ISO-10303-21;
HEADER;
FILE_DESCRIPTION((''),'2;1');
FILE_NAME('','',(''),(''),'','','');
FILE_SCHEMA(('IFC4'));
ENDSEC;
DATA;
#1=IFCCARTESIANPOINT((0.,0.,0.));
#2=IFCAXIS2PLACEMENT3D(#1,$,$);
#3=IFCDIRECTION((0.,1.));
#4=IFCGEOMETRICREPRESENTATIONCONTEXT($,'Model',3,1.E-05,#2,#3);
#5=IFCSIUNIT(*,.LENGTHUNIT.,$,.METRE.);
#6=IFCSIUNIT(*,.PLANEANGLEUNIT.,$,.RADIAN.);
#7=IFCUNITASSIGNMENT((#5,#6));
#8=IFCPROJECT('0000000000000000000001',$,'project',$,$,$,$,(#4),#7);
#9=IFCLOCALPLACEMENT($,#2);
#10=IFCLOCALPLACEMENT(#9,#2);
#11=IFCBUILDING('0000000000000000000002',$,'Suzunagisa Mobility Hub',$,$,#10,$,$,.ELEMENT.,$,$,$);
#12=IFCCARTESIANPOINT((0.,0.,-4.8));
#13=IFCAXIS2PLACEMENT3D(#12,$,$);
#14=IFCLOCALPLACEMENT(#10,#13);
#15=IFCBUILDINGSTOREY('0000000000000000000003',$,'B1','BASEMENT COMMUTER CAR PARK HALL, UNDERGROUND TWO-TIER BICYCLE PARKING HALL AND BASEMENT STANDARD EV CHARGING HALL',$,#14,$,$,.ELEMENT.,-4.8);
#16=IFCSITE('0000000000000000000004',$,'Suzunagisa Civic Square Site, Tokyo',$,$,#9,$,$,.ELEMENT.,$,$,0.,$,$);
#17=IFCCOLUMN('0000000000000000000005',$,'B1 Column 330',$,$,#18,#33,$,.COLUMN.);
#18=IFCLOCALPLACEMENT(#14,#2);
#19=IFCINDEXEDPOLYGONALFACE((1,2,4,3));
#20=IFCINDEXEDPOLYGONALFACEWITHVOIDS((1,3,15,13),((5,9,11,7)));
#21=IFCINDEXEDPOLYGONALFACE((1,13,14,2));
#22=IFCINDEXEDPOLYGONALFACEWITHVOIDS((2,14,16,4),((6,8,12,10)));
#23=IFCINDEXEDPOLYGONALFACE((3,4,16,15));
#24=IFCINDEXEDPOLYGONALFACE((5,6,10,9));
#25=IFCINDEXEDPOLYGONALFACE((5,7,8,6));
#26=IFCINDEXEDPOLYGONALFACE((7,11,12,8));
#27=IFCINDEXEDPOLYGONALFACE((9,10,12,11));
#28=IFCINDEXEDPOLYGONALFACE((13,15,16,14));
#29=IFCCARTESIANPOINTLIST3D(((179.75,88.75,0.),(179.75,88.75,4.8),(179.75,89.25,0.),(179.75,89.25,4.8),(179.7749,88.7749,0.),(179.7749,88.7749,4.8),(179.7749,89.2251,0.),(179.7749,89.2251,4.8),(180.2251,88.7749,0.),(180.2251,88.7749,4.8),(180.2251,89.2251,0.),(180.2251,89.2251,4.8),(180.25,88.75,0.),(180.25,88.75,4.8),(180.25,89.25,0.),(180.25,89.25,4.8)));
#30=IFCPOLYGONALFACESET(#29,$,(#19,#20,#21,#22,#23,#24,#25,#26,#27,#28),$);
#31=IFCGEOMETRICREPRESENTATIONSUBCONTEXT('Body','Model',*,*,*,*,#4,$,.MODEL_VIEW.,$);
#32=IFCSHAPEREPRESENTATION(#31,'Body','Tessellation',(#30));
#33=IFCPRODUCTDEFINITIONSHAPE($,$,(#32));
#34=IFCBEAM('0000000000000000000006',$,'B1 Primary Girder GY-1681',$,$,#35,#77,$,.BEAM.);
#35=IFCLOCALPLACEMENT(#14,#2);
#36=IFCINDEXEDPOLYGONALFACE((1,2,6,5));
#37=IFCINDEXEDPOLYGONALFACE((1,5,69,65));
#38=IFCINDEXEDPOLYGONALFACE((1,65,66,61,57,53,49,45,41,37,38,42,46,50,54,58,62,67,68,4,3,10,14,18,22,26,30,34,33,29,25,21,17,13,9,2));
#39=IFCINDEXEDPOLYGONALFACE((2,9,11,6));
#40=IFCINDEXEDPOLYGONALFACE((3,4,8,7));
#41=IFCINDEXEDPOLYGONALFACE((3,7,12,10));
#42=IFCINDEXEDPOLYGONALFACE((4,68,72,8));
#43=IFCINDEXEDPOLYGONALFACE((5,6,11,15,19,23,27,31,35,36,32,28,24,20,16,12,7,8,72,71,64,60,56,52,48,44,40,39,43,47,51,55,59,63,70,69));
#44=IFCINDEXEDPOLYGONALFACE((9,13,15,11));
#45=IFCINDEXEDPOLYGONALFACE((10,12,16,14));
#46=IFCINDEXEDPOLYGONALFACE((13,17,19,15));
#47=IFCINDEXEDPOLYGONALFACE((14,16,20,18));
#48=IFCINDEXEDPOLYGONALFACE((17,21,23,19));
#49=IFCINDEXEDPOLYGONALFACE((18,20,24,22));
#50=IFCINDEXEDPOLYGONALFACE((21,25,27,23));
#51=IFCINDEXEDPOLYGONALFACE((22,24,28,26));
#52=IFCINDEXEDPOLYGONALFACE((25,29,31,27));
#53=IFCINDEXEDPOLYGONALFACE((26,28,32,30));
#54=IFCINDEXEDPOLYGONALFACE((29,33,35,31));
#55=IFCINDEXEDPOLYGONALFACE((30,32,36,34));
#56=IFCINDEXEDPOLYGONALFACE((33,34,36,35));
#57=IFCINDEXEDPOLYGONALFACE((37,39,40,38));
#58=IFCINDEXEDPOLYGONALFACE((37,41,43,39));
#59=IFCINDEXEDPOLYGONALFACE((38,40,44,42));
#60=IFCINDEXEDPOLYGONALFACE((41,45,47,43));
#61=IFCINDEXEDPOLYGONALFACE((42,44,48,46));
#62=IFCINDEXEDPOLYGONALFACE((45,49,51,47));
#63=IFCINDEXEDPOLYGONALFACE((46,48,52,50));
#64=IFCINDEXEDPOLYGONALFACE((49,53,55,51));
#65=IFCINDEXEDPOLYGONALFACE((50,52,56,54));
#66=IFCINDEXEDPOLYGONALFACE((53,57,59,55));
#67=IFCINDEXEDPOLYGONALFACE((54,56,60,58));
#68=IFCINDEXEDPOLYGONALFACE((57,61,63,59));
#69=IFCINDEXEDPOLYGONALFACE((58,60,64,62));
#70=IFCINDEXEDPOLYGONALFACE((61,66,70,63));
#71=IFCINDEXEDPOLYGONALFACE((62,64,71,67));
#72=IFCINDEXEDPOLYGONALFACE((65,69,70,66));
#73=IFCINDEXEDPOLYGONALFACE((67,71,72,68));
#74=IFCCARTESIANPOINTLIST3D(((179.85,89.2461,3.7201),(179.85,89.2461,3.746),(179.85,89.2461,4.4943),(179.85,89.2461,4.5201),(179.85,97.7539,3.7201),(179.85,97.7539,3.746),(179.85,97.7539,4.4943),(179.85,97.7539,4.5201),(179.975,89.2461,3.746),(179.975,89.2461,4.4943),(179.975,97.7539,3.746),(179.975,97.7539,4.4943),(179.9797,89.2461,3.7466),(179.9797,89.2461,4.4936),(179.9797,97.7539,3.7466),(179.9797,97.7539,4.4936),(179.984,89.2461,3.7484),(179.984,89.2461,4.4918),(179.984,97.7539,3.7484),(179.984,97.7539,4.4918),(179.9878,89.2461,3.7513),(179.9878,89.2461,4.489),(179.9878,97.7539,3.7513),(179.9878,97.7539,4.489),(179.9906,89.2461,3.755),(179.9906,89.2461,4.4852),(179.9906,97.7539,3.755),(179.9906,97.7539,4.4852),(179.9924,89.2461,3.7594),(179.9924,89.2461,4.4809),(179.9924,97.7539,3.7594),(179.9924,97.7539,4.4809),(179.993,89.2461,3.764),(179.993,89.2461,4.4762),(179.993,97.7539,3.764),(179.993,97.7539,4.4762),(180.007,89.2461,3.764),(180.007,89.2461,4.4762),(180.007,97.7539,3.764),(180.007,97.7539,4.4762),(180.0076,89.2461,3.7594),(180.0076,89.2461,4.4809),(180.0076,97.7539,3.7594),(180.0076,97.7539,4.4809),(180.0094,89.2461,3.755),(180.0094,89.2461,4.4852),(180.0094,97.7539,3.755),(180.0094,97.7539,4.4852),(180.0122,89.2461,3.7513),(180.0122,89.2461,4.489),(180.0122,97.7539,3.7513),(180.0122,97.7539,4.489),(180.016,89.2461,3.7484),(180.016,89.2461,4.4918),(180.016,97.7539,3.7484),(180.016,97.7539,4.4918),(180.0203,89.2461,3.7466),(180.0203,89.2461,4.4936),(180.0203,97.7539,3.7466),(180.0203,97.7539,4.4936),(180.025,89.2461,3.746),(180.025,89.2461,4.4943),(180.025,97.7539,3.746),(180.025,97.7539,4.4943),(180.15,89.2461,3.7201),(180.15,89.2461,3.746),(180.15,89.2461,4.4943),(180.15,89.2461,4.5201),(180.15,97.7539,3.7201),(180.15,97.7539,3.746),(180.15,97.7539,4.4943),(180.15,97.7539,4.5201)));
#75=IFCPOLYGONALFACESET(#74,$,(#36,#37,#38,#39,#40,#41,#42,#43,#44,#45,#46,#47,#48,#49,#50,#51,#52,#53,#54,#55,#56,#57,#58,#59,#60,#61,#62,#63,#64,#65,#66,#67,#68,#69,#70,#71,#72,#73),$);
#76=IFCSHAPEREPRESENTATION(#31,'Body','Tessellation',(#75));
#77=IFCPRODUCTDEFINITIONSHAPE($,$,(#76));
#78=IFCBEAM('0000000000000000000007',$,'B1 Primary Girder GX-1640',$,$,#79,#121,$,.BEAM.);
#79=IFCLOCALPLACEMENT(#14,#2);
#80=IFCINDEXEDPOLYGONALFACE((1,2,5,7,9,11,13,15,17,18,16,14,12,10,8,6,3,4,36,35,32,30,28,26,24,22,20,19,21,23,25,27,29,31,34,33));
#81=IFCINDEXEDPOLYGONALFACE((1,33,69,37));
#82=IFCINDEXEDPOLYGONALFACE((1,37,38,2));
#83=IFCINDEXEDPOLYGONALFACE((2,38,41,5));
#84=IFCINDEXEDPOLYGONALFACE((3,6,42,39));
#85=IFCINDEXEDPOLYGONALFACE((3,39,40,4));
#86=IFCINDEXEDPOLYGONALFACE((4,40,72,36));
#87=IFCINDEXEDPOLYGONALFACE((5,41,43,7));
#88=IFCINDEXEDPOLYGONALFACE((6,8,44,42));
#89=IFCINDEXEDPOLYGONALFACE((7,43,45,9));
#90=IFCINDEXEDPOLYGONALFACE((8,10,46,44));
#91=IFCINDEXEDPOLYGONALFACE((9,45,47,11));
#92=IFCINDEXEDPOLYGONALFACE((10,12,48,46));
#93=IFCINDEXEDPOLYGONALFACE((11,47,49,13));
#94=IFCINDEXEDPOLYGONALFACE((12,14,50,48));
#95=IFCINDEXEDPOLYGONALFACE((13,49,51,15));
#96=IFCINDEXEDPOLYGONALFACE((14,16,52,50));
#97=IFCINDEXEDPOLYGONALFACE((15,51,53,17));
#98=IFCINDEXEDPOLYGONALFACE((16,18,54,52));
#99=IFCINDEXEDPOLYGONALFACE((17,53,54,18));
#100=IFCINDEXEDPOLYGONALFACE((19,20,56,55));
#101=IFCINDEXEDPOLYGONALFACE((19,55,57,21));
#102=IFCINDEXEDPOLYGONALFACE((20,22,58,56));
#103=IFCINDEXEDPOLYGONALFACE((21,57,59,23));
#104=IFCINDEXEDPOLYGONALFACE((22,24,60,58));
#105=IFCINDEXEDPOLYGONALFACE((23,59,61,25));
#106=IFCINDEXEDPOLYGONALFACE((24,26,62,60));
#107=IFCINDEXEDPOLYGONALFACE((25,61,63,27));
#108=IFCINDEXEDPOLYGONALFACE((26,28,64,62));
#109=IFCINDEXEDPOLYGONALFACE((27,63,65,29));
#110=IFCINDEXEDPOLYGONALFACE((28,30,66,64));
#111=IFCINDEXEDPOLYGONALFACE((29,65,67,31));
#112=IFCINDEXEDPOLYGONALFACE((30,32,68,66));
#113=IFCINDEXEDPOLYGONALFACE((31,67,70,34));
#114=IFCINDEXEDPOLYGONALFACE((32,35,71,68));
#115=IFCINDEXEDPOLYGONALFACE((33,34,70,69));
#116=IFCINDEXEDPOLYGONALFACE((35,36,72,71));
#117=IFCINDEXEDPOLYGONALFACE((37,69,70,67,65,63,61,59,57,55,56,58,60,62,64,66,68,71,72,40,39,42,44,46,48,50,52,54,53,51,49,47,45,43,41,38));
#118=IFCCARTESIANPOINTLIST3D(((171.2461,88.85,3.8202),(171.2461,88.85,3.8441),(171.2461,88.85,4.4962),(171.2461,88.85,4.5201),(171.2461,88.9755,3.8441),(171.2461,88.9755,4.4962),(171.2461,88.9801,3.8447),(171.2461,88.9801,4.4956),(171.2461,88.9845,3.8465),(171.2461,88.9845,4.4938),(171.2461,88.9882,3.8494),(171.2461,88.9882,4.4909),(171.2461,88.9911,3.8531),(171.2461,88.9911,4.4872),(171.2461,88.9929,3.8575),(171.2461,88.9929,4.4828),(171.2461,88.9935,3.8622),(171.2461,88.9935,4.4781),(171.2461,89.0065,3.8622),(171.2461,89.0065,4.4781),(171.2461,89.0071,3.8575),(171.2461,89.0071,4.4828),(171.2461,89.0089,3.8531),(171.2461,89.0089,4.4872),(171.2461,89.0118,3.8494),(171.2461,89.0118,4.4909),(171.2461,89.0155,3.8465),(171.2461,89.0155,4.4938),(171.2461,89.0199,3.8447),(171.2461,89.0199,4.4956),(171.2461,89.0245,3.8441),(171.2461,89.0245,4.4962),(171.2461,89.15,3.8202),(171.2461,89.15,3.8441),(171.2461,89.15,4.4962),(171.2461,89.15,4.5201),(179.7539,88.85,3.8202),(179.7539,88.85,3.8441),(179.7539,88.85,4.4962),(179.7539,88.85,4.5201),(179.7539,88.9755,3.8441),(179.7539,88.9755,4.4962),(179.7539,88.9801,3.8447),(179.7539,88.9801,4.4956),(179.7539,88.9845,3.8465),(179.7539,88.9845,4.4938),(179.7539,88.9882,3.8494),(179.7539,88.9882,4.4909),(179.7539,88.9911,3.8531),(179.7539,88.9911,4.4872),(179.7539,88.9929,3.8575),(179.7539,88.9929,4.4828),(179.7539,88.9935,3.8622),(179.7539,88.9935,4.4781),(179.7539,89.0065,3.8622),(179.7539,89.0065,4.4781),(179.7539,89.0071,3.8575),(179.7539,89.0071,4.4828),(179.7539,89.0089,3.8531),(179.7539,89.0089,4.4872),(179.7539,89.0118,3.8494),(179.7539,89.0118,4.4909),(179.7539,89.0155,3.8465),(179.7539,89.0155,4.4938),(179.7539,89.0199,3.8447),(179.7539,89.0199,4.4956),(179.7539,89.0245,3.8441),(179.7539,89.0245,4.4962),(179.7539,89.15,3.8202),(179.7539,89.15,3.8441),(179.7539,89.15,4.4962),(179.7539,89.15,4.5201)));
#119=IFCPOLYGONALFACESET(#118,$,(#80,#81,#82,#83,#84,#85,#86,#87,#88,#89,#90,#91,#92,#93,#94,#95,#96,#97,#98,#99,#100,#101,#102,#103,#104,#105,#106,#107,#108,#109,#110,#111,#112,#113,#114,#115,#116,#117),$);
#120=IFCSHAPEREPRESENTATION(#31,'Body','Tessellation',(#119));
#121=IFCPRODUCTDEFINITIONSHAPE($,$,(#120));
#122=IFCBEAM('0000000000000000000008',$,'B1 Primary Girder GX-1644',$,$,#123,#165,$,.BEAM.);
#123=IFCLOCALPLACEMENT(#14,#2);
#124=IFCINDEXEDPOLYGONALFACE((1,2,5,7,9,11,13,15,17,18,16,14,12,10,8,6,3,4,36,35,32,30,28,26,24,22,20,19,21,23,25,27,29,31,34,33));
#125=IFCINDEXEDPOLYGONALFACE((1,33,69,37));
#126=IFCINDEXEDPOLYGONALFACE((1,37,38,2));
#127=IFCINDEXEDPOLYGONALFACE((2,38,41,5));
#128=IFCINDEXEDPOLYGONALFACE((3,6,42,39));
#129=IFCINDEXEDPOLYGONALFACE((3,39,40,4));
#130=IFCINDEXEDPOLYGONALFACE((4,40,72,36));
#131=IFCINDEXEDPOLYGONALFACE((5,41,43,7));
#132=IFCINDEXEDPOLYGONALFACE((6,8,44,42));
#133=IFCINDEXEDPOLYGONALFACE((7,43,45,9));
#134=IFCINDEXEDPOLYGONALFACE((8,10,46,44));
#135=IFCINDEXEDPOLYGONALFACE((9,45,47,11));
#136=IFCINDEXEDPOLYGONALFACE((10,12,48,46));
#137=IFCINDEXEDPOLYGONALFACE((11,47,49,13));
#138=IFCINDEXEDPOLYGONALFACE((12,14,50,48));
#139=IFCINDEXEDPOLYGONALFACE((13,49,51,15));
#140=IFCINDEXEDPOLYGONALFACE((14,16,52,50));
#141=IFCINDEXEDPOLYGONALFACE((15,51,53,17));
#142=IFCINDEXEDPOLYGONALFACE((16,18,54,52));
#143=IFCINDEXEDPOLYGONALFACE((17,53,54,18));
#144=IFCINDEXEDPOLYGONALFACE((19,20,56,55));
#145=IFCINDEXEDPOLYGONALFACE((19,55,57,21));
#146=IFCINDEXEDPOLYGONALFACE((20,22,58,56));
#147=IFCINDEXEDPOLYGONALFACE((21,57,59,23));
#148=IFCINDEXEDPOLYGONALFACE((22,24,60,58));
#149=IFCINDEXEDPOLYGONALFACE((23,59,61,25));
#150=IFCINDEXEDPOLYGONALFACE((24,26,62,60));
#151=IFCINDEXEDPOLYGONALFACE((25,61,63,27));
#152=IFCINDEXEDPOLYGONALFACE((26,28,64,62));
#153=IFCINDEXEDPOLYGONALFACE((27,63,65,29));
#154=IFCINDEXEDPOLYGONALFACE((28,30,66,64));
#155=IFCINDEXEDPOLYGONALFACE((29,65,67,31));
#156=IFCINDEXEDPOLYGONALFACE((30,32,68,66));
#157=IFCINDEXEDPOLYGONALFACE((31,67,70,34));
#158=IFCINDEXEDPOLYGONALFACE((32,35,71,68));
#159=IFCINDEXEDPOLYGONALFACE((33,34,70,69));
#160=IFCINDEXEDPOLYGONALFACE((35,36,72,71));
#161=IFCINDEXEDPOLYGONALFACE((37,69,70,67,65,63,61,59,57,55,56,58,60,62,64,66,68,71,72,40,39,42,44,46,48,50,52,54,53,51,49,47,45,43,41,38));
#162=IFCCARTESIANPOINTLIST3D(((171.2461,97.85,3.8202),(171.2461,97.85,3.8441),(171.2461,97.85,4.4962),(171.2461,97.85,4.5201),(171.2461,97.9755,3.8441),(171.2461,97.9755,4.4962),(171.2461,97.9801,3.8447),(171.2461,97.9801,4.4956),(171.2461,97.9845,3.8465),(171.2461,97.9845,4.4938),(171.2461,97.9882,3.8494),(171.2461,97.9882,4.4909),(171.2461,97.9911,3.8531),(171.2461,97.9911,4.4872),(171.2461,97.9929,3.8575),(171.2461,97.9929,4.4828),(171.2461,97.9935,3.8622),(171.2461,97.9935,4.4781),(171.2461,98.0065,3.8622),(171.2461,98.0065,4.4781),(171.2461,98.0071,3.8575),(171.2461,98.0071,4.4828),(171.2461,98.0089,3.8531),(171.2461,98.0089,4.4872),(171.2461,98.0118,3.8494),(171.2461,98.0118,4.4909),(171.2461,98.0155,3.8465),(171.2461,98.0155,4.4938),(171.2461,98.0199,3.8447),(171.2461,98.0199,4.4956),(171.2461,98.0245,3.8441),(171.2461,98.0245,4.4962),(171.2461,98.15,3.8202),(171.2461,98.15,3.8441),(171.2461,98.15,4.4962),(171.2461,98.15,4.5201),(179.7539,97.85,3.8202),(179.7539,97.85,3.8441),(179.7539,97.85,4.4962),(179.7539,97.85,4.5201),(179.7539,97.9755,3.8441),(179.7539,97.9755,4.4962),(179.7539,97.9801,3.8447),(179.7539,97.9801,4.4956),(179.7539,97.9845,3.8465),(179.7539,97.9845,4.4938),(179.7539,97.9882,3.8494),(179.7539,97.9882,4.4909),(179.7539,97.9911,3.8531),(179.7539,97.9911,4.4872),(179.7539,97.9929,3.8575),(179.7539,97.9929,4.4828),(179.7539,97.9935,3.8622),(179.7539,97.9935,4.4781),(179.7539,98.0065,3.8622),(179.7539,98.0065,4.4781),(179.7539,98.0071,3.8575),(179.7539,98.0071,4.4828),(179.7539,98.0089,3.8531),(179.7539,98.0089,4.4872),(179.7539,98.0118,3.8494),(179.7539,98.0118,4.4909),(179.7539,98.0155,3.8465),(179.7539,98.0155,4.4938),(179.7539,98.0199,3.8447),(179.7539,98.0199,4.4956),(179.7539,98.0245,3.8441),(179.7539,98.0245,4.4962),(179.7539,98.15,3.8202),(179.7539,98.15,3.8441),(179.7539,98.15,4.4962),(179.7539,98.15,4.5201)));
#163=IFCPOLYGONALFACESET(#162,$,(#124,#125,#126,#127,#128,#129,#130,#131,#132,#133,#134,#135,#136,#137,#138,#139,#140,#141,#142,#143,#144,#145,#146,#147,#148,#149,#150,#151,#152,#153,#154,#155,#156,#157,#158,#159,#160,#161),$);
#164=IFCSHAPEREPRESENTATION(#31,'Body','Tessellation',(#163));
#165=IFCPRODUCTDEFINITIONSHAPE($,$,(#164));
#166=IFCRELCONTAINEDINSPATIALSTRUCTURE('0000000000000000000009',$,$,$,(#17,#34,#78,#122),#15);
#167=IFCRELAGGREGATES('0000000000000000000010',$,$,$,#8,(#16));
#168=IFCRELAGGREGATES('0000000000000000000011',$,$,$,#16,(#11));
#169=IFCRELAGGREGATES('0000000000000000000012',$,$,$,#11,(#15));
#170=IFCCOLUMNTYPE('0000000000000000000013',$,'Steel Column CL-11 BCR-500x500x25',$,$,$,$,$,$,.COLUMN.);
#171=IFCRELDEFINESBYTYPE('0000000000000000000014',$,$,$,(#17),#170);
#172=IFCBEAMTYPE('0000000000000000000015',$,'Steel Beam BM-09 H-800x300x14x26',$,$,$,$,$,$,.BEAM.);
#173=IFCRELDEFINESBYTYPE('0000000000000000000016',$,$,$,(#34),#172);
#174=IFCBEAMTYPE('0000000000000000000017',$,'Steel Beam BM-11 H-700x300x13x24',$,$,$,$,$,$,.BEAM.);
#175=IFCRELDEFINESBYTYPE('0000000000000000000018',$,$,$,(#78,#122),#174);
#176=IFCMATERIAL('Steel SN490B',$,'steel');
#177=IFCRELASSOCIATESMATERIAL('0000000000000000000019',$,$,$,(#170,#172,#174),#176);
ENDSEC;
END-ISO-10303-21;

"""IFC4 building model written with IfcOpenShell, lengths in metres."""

from ifc_helpers import new_model, si_unit, direction, frame, origin, origin_2d, place, context, subcontext, project, spatial, hollow_rectangle, i_section, extrude, material, material_profile, profile_set, type_object, element, save


model = new_model("IFC4")

# Units and contexts
model_context = context("Model", 3, precision=1e-05, world=origin(), true_north=direction((0.0, 1.0)))
body_context = subcontext(model_context, "Body", "Model", "MODEL_VIEW")
ifc_project = project(units=[si_unit("LENGTHUNIT", "METRE"), si_unit("PLANEANGLEUNIT", "RADIAN")], contexts=[model_context])

# Site, building, storey
site_placement = place(None, origin())
site = spatial("IfcSite", under=ifc_project, at=site_placement, Name="Suzunagisa Civic Square Site, Tokyo", CompositionType="ELEMENT", RefElevation=0.0)
building_placement = place(site_placement, origin())
building = spatial("IfcBuilding", under=site, at=building_placement, Name="Suzunagisa Mobility Hub", CompositionType="ELEMENT")
storey_placement = place(building_placement, frame((0.0, 0.0, -4.8)))
storey = spatial("IfcBuildingStorey", under=building, at=storey_placement, Name="B1", Description="BASEMENT COMMUTER CAR PARK HALL, UNDERGROUND TWO-TIER BICYCLE PARKING HALL AND BASEMENT STANDARD EV CHARGING HALL", CompositionType="ELEMENT", Elevation=-4.8)

# Column
ifc_material_1 = material(Name="Steel SN490B", Category="steel")
ifc_material_profile_1 = material_profile(ifc_material_1, hollow_rectangle(XDim=0.5, YDim=0.5, WallThickness=0.0249, at=origin_2d()), Name="BCR-500x500x25")
ifc_profile_set_1 = profile_set([ifc_material_profile_1], Name="Steel SN490B")
column_type_1 = type_object("IfcColumnType", Name="Steel Column CL-11 BCR-500x500x25", PredefinedType="COLUMN", material=ifc_profile_set_1)
for number, where, z_axis, x_axis, name in (
    (1, (180.0, 89.0, 0.0), (0.0, 0.0, 1.0), (1.0, 0.0, 0.0), "B1 Column 330"),
):
    element("IfcColumn", number, at=place(storey_placement, frame(where, z_axis=z_axis, x_axis=x_axis)), inside=storey, type_object=column_type_1, Name=name, PredefinedType="COLUMN", context=body_context, shape_type="SweptSolid", body=[
        extrude(hollow_rectangle(XDim=0.5, YDim=0.5, WallThickness=0.0249, at=origin_2d()), origin(), (0.0, 0.0, 1.0), 4.8),
    ])

# Beams
ifc_material_profile_2 = material_profile(ifc_material_1, i_section(OverallWidth=0.3, OverallDepth=0.8, WebThickness=0.0139, FlangeThickness=0.0259, FilletRadius=0.0181, at=origin_2d()), Name="H-800x300x14x26")
ifc_profile_set_2 = profile_set([ifc_material_profile_2], Name="Steel SN490B")
beam_type_1 = type_object("IfcBeamType", Name="Steel Beam BM-09 H-800x300x14x26", PredefinedType="BEAM", material=ifc_profile_set_2)
beam_1_placement = place(storey_placement, frame((180.0, 89.2461, 4.1201), z_axis=(0.0, 1.0, 0.0), x_axis=(-1.0, 0.0, 0.0)))
element("IfcBeam", 2, at=beam_1_placement, inside=storey, type_object=beam_type_1, Name="B1 Primary Girder GY-1681", PredefinedType="BEAM", context=body_context, shape_type="SweptSolid", body=[
    extrude(i_section(OverallWidth=0.3, OverallDepth=0.8, WebThickness=0.0139, FlangeThickness=0.0259, FilletRadius=0.0181, at=origin_2d()), origin(), (0.0, 0.0, 1.0), 8.5078),
])
ifc_material_profile_3 = material_profile(ifc_material_1, i_section(OverallWidth=0.3, OverallDepth=0.7, WebThickness=0.0129, FlangeThickness=0.0239, FilletRadius=0.0181, at=origin_2d()), Name="H-700x300x13x24")
ifc_profile_set_3 = profile_set([ifc_material_profile_3], Name="Steel SN490B")
beam_type_2 = type_object("IfcBeamType", Name="Steel Beam BM-11 H-700x300x13x24", PredefinedType="BEAM", material=ifc_profile_set_3)
for number, where, z_axis, x_axis, name in (
    (3, (171.2461, 89.0, 4.1702), (1.0, 0.0, 0.0), (0.0, 1.0, 0.0), "B1 Primary Girder GX-1640"),
    (4, (171.2461, 98.0, 4.1702), (1.0, 0.0, 0.0), (0.0, 1.0, 0.0), "B1 Primary Girder GX-1644"),
):
    element("IfcBeam", number, at=place(storey_placement, frame(where, z_axis=z_axis, x_axis=x_axis)), inside=storey, type_object=beam_type_2, Name=name, PredefinedType="BEAM", context=body_context, shape_type="SweptSolid", body=[
        extrude(i_section(OverallWidth=0.3, OverallDepth=0.7, WebThickness=0.0129, FlangeThickness=0.0239, FilletRadius=0.0181, at=origin_2d()), origin(), (0.0, 0.0, 1.0), 8.5078),
    ])

save(model, "model.ifc")
